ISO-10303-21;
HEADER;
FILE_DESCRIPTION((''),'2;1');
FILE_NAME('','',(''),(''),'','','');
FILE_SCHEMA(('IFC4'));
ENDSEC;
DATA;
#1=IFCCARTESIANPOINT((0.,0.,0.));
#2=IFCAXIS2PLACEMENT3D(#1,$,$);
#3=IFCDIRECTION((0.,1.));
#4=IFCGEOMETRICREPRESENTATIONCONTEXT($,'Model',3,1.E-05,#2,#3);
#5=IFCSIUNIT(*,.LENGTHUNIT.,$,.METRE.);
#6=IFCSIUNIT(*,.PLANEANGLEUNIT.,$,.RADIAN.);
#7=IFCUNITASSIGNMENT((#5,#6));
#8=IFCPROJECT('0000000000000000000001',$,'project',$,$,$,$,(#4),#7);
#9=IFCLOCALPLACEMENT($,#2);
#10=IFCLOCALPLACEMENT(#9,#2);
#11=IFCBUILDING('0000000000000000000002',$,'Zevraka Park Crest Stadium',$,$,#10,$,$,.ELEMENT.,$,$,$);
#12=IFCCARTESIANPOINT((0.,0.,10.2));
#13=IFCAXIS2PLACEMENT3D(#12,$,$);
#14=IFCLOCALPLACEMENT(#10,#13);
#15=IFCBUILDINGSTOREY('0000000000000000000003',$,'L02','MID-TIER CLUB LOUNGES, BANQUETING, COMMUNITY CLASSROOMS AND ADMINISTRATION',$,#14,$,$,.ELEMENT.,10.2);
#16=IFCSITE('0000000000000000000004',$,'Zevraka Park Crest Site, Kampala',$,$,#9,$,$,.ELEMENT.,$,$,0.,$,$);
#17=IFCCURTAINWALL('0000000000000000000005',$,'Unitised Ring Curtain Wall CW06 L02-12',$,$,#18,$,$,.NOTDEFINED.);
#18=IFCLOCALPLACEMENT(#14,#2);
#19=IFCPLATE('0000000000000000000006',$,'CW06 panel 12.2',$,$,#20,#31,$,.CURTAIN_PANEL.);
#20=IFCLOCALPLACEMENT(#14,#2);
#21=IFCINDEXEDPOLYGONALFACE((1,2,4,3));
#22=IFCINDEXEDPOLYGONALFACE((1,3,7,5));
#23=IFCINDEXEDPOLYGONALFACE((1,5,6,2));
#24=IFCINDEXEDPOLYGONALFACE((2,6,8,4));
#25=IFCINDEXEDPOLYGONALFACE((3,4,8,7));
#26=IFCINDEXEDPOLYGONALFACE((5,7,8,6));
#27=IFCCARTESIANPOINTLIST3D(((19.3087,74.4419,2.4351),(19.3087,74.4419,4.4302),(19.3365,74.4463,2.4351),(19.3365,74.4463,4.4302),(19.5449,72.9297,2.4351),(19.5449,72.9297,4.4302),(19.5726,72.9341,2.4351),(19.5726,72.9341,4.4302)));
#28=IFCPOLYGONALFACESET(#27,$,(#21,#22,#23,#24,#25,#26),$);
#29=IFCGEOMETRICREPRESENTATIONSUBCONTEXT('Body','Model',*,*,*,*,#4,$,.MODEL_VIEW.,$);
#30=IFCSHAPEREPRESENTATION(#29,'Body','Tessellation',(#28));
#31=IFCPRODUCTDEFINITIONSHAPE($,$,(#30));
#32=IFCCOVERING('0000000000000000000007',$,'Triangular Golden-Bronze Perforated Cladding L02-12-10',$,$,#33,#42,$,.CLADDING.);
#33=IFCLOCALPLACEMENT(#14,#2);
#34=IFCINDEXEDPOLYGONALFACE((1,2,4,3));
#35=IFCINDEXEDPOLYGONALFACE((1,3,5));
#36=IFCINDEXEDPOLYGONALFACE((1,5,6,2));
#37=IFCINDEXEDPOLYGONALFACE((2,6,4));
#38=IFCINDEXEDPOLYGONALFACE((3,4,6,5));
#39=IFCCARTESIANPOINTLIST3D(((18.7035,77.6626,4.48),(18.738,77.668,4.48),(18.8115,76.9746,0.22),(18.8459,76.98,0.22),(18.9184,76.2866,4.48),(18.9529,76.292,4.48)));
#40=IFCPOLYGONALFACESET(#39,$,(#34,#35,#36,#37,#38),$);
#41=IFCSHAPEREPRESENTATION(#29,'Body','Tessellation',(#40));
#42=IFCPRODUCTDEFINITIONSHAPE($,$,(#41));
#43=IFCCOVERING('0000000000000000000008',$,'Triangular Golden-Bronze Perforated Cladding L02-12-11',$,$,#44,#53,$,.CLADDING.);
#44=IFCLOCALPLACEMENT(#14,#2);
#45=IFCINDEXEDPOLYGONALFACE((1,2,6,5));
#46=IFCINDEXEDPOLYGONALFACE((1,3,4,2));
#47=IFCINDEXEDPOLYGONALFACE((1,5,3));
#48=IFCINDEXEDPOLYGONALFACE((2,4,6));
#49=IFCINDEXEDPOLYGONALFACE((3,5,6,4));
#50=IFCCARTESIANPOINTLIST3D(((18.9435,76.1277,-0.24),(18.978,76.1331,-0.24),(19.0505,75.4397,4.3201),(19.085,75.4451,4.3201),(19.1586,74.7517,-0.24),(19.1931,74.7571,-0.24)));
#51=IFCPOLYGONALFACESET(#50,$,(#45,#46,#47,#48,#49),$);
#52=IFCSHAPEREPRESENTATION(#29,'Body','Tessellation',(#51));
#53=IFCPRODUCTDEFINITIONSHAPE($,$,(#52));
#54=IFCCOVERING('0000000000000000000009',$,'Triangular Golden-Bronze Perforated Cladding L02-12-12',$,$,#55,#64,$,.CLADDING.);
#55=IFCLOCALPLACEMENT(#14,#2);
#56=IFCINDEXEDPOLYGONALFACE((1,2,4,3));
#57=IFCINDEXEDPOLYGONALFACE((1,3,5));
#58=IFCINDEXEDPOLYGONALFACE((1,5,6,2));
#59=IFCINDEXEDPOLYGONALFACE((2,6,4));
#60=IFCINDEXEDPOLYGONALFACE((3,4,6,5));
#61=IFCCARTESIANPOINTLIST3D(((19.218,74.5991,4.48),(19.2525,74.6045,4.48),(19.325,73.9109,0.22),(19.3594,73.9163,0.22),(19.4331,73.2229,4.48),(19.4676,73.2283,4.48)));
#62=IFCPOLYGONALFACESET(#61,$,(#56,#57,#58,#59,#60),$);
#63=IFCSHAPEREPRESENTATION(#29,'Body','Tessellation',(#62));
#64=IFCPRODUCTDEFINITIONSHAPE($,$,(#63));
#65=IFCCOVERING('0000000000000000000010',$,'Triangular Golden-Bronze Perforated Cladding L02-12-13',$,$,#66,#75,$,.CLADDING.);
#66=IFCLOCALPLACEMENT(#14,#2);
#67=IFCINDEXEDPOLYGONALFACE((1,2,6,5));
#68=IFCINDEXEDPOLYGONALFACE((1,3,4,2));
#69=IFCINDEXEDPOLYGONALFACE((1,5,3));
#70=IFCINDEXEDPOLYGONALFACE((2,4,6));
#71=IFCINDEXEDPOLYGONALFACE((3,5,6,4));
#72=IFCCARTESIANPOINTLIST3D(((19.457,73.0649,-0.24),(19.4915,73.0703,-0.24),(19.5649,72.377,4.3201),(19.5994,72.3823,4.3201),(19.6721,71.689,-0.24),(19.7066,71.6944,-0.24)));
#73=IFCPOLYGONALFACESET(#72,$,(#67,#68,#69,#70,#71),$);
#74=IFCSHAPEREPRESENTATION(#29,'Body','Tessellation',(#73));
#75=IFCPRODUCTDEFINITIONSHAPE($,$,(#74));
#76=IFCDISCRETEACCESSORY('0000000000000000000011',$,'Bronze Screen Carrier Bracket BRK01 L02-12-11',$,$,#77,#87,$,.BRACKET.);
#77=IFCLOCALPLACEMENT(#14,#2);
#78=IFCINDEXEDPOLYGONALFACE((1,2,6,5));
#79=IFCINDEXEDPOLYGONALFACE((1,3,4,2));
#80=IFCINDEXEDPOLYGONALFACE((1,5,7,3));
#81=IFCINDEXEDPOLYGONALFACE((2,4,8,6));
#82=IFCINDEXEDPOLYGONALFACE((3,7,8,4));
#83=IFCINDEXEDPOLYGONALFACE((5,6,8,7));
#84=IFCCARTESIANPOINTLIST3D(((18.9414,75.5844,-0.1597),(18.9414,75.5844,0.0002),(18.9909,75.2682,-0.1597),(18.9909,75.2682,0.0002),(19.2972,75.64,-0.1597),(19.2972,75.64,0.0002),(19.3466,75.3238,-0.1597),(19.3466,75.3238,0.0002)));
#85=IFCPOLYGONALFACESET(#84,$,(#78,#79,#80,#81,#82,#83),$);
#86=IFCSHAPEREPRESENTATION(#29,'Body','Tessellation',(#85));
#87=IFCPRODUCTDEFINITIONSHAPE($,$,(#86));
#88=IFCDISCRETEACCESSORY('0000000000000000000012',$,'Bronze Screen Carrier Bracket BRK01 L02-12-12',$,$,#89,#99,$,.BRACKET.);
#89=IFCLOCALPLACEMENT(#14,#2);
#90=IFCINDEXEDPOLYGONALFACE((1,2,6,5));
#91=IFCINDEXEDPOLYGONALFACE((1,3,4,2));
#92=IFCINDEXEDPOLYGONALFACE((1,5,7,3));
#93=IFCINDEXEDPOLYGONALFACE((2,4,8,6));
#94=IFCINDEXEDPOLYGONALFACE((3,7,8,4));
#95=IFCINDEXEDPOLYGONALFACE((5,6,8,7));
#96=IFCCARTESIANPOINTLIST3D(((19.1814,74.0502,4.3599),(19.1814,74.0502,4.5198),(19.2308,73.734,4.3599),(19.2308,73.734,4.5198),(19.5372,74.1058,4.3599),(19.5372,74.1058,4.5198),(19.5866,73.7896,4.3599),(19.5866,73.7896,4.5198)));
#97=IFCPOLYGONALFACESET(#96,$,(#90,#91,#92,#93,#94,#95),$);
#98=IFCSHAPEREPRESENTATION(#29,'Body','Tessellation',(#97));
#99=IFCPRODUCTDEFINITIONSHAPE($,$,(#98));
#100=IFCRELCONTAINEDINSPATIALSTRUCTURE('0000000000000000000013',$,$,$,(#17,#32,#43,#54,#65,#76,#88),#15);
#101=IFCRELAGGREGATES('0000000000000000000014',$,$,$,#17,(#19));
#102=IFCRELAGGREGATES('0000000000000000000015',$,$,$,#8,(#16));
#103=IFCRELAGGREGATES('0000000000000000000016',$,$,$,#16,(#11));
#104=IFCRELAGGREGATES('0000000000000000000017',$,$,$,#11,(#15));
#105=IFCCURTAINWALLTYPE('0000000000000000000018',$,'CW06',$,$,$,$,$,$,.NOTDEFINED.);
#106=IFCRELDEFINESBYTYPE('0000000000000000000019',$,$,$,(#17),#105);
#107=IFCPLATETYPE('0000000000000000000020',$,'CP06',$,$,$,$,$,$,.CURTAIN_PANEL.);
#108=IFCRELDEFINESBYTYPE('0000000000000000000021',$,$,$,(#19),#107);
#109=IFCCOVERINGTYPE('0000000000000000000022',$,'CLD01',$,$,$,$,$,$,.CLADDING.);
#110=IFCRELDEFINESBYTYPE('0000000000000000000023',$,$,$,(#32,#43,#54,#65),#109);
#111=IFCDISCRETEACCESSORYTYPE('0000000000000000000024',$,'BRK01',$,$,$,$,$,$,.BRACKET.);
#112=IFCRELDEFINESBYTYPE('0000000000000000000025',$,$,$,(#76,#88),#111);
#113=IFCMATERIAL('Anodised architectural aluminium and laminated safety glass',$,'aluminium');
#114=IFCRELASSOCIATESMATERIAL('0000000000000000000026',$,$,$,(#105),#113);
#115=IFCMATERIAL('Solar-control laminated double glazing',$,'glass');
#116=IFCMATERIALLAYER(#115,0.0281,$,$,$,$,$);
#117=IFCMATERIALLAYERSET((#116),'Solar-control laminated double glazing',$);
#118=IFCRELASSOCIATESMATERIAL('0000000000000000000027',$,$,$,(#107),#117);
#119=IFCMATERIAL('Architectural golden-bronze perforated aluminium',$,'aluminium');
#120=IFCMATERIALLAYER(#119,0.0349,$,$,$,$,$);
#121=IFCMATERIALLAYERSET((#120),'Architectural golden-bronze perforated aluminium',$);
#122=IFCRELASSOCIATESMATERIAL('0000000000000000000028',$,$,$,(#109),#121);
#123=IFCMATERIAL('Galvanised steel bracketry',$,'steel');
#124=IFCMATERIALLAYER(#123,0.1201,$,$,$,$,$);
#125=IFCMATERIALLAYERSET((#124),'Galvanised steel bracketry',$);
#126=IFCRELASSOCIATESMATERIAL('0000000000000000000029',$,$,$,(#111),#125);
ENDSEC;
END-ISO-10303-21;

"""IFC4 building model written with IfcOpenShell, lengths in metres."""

from ifc_helpers import new_model, si_unit, direction, frame, origin, origin_2d, place, context, subcontext, project, spatial, polyline, rectangle, outline, extrude, material, layer, layer_set, type_object, element, aggregate, save


model = new_model("IFC4")

# Units and contexts
model_context = context("Model", 3, precision=1e-05, world=origin(), true_north=direction((0.0, 1.0)))
body_context = subcontext(model_context, "Body", "Model", "MODEL_VIEW")
ifc_project = project(units=[si_unit("LENGTHUNIT", "METRE"), si_unit("PLANEANGLEUNIT", "RADIAN")], contexts=[model_context])

# Site, building, storey
site_placement = place(None, origin())
site = spatial("IfcSite", under=ifc_project, at=site_placement, Name="Zevraka Park Crest Site, Kampala", CompositionType="ELEMENT", RefElevation=0.0)
building_placement = place(site_placement, origin())
building = spatial("IfcBuilding", under=site, at=building_placement, Name="Zevraka Park Crest Stadium", CompositionType="ELEMENT")
storey_placement = place(building_placement, frame((0.0, 0.0, 10.2)))
storey = spatial("IfcBuildingStorey", under=building, at=storey_placement, Name="L02", Description="MID-TIER CLUB LOUNGES, BANQUETING, COMMUNITY CLASSROOMS AND ADMINISTRATION", CompositionType="ELEMENT", Elevation=10.2)

# Curtain wall, plate
ifc_material_1 = material(Name="Anodised architectural aluminium and laminated safety glass", Category="aluminium")
curtain_wall_type = type_object("IfcCurtainWallType", Name="CW06", PredefinedType="NOTDEFINED", material=ifc_material_1)
curtain_wall_placement = place(storey_placement, origin())
curtain_wall = element("IfcCurtainWall", 1, at=curtain_wall_placement, inside=storey, type_object=curtain_wall_type, Name="Unitised Ring Curtain Wall CW06 L02-12", PredefinedType="NOTDEFINED")
ifc_material_2 = material(Name="Solar-control laminated double glazing", Category="glass")
ifc_layer_1 = layer(ifc_material_2, 0.0281)
ifc_layer_set_1 = layer_set([ifc_layer_1], Name="Solar-control laminated double glazing")
plate_type = type_object("IfcPlateType", Name="CP06", PredefinedType="CURTAIN_PANEL", material=ifc_layer_set_1)
plate_1_placement = place(storey_placement, frame((19.4407, 73.688, 2.4351), z_axis=(0.0, 0.0, 1.0), x_axis=(0.154274, -0.988028, 0.0)))
plate_1 = element("IfcPlate", 2, at=plate_1_placement, type_object=plate_type, Name="CW06 panel 12.2", PredefinedType="CURTAIN_PANEL", context=body_context, shape_type="SweptSolid", body=[
    extrude(rectangle(XDim=1.5305, YDim=0.0281, at=origin_2d()), origin(), (0.0, 0.0, 1.0), 1.9951),
])
aggregate(curtain_wall, [plate_1])

# Coverings
ifc_material_3 = material(Name="Architectural golden-bronze perforated aluminium", Category="aluminium")
ifc_layer_2 = layer(ifc_material_3, 0.0349)
ifc_layer_set_2 = layer_set([ifc_layer_2], Name="Architectural golden-bronze perforated aluminium")
covering_type = type_object("IfcCoveringType", Name="CLD01", PredefinedType="CLADDING", material=ifc_layer_set_2)
covering_1_placement = place(storey_placement, frame((18.9529, 76.292, 4.48), z_axis=(0.988029, 0.15427, 0.000113), x_axis=(-0.15427, 0.988029, 0.0)))
element("IfcCovering", 3, at=covering_1_placement, inside=storey, type_object=covering_type, Name="Triangular Golden-Bronze Perforated Cladding L02-12-10", PredefinedType="CLADDING", context=body_context, shape_type="SweptSolid", body=[
    extrude(outline(polyline([(0.0, 0.0), (1.3926, 0.0), (0.6962, -4.26), (0.0, 0.0)])), origin(), (0.0, 0.0, -1.0), 0.0349),
])
covering_2_placement = place(storey_placement, frame((18.978, 76.1331, -0.24), z_axis=(0.988002, 0.154441, 0.000132), x_axis=(0.154441, -0.988002, 0.0)))
element("IfcCovering", 4, at=covering_2_placement, inside=storey, type_object=covering_type, Name="Triangular Golden-Bronze Perforated Cladding L02-12-11", PredefinedType="CLADDING", context=body_context, shape_type="SweptSolid", body=[
    extrude(outline(polyline([(0.0, 0.0), (1.3927, 0.0), (0.6962, -4.5601), (0.0, 0.0)])), origin(), (0.0, 0.0, -1.0), 0.0349),
])
covering_3_placement = place(storey_placement, frame((19.4331, 73.2229, 4.48), z_axis=(-0.988006, -0.154414, 0.000146), x_axis=(-0.154414, 0.988006, 0.0)))
element("IfcCovering", 5, at=covering_3_placement, inside=storey, type_object=covering_type, Name="Triangular Golden-Bronze Perforated Cladding L02-12-12", PredefinedType="CLADDING", context=body_context, shape_type="SweptSolid", body=[
    extrude(outline(polyline([(0.0, 0.0), (1.3929, 0.0), (0.6964, 4.26), (0.0, 0.0)])), origin(), (0.0, 0.0, -1.0), 0.0349),
])
covering_4_placement = place(storey_placement, frame((19.457, 73.0649, -0.24), z_axis=(-0.988002, -0.154441, 0.000079), x_axis=(0.154441, -0.988002, 0.0)))
element("IfcCovering", 6, at=covering_4_placement, inside=storey, type_object=covering_type, Name="Triangular Golden-Bronze Perforated Cladding L02-12-13", PredefinedType="CLADDING", context=body_context, shape_type="SweptSolid", body=[
    extrude(outline(polyline([(0.0, 0.0), (1.3927, 0.0), (0.6964, 4.5601), (0.0, 0.0)])), origin(), (0.0, 0.0, -1.0), 0.0349),
])

# Discrete accessories
ifc_material_4 = material(Name="Galvanised steel bracketry", Category="steel")
ifc_layer_3 = layer(ifc_material_4, 0.1201)
ifc_layer_set_3 = layer_set([ifc_layer_3], Name="Galvanised steel bracketry")
discrete_accessory_type = type_object("IfcDiscreteAccessoryType", Name="BRK01", PredefinedType="BRACKET", material=ifc_layer_set_3)
for number, where, z_axis, x_axis, name in (
    (7, (19.144, 75.4541, -0.1597), (0.0, 0.0, 1.0), (0.154366, -0.988014, 0.0), "Bronze Screen Carrier Bracket BRK01 L02-12-11"),
    (8, (19.384, 73.9199, 4.3599), (0.0, 0.0, 1.0), (0.154366, -0.988014, 0.0), "Bronze Screen Carrier Bracket BRK01 L02-12-12"),
):
    element("IfcDiscreteAccessory", number, at=place(storey_placement, frame(where, z_axis=z_axis, x_axis=x_axis)), inside=storey, type_object=discrete_accessory_type, Name=name, PredefinedType="BRACKET", context=body_context, shape_type="SweptSolid", body=[
        extrude(rectangle(XDim=0.3201, YDim=0.3601, at=origin_2d()), origin(), (0.0, 0.0, 1.0), 0.1599),
    ])

save(model, "model.ifc")
